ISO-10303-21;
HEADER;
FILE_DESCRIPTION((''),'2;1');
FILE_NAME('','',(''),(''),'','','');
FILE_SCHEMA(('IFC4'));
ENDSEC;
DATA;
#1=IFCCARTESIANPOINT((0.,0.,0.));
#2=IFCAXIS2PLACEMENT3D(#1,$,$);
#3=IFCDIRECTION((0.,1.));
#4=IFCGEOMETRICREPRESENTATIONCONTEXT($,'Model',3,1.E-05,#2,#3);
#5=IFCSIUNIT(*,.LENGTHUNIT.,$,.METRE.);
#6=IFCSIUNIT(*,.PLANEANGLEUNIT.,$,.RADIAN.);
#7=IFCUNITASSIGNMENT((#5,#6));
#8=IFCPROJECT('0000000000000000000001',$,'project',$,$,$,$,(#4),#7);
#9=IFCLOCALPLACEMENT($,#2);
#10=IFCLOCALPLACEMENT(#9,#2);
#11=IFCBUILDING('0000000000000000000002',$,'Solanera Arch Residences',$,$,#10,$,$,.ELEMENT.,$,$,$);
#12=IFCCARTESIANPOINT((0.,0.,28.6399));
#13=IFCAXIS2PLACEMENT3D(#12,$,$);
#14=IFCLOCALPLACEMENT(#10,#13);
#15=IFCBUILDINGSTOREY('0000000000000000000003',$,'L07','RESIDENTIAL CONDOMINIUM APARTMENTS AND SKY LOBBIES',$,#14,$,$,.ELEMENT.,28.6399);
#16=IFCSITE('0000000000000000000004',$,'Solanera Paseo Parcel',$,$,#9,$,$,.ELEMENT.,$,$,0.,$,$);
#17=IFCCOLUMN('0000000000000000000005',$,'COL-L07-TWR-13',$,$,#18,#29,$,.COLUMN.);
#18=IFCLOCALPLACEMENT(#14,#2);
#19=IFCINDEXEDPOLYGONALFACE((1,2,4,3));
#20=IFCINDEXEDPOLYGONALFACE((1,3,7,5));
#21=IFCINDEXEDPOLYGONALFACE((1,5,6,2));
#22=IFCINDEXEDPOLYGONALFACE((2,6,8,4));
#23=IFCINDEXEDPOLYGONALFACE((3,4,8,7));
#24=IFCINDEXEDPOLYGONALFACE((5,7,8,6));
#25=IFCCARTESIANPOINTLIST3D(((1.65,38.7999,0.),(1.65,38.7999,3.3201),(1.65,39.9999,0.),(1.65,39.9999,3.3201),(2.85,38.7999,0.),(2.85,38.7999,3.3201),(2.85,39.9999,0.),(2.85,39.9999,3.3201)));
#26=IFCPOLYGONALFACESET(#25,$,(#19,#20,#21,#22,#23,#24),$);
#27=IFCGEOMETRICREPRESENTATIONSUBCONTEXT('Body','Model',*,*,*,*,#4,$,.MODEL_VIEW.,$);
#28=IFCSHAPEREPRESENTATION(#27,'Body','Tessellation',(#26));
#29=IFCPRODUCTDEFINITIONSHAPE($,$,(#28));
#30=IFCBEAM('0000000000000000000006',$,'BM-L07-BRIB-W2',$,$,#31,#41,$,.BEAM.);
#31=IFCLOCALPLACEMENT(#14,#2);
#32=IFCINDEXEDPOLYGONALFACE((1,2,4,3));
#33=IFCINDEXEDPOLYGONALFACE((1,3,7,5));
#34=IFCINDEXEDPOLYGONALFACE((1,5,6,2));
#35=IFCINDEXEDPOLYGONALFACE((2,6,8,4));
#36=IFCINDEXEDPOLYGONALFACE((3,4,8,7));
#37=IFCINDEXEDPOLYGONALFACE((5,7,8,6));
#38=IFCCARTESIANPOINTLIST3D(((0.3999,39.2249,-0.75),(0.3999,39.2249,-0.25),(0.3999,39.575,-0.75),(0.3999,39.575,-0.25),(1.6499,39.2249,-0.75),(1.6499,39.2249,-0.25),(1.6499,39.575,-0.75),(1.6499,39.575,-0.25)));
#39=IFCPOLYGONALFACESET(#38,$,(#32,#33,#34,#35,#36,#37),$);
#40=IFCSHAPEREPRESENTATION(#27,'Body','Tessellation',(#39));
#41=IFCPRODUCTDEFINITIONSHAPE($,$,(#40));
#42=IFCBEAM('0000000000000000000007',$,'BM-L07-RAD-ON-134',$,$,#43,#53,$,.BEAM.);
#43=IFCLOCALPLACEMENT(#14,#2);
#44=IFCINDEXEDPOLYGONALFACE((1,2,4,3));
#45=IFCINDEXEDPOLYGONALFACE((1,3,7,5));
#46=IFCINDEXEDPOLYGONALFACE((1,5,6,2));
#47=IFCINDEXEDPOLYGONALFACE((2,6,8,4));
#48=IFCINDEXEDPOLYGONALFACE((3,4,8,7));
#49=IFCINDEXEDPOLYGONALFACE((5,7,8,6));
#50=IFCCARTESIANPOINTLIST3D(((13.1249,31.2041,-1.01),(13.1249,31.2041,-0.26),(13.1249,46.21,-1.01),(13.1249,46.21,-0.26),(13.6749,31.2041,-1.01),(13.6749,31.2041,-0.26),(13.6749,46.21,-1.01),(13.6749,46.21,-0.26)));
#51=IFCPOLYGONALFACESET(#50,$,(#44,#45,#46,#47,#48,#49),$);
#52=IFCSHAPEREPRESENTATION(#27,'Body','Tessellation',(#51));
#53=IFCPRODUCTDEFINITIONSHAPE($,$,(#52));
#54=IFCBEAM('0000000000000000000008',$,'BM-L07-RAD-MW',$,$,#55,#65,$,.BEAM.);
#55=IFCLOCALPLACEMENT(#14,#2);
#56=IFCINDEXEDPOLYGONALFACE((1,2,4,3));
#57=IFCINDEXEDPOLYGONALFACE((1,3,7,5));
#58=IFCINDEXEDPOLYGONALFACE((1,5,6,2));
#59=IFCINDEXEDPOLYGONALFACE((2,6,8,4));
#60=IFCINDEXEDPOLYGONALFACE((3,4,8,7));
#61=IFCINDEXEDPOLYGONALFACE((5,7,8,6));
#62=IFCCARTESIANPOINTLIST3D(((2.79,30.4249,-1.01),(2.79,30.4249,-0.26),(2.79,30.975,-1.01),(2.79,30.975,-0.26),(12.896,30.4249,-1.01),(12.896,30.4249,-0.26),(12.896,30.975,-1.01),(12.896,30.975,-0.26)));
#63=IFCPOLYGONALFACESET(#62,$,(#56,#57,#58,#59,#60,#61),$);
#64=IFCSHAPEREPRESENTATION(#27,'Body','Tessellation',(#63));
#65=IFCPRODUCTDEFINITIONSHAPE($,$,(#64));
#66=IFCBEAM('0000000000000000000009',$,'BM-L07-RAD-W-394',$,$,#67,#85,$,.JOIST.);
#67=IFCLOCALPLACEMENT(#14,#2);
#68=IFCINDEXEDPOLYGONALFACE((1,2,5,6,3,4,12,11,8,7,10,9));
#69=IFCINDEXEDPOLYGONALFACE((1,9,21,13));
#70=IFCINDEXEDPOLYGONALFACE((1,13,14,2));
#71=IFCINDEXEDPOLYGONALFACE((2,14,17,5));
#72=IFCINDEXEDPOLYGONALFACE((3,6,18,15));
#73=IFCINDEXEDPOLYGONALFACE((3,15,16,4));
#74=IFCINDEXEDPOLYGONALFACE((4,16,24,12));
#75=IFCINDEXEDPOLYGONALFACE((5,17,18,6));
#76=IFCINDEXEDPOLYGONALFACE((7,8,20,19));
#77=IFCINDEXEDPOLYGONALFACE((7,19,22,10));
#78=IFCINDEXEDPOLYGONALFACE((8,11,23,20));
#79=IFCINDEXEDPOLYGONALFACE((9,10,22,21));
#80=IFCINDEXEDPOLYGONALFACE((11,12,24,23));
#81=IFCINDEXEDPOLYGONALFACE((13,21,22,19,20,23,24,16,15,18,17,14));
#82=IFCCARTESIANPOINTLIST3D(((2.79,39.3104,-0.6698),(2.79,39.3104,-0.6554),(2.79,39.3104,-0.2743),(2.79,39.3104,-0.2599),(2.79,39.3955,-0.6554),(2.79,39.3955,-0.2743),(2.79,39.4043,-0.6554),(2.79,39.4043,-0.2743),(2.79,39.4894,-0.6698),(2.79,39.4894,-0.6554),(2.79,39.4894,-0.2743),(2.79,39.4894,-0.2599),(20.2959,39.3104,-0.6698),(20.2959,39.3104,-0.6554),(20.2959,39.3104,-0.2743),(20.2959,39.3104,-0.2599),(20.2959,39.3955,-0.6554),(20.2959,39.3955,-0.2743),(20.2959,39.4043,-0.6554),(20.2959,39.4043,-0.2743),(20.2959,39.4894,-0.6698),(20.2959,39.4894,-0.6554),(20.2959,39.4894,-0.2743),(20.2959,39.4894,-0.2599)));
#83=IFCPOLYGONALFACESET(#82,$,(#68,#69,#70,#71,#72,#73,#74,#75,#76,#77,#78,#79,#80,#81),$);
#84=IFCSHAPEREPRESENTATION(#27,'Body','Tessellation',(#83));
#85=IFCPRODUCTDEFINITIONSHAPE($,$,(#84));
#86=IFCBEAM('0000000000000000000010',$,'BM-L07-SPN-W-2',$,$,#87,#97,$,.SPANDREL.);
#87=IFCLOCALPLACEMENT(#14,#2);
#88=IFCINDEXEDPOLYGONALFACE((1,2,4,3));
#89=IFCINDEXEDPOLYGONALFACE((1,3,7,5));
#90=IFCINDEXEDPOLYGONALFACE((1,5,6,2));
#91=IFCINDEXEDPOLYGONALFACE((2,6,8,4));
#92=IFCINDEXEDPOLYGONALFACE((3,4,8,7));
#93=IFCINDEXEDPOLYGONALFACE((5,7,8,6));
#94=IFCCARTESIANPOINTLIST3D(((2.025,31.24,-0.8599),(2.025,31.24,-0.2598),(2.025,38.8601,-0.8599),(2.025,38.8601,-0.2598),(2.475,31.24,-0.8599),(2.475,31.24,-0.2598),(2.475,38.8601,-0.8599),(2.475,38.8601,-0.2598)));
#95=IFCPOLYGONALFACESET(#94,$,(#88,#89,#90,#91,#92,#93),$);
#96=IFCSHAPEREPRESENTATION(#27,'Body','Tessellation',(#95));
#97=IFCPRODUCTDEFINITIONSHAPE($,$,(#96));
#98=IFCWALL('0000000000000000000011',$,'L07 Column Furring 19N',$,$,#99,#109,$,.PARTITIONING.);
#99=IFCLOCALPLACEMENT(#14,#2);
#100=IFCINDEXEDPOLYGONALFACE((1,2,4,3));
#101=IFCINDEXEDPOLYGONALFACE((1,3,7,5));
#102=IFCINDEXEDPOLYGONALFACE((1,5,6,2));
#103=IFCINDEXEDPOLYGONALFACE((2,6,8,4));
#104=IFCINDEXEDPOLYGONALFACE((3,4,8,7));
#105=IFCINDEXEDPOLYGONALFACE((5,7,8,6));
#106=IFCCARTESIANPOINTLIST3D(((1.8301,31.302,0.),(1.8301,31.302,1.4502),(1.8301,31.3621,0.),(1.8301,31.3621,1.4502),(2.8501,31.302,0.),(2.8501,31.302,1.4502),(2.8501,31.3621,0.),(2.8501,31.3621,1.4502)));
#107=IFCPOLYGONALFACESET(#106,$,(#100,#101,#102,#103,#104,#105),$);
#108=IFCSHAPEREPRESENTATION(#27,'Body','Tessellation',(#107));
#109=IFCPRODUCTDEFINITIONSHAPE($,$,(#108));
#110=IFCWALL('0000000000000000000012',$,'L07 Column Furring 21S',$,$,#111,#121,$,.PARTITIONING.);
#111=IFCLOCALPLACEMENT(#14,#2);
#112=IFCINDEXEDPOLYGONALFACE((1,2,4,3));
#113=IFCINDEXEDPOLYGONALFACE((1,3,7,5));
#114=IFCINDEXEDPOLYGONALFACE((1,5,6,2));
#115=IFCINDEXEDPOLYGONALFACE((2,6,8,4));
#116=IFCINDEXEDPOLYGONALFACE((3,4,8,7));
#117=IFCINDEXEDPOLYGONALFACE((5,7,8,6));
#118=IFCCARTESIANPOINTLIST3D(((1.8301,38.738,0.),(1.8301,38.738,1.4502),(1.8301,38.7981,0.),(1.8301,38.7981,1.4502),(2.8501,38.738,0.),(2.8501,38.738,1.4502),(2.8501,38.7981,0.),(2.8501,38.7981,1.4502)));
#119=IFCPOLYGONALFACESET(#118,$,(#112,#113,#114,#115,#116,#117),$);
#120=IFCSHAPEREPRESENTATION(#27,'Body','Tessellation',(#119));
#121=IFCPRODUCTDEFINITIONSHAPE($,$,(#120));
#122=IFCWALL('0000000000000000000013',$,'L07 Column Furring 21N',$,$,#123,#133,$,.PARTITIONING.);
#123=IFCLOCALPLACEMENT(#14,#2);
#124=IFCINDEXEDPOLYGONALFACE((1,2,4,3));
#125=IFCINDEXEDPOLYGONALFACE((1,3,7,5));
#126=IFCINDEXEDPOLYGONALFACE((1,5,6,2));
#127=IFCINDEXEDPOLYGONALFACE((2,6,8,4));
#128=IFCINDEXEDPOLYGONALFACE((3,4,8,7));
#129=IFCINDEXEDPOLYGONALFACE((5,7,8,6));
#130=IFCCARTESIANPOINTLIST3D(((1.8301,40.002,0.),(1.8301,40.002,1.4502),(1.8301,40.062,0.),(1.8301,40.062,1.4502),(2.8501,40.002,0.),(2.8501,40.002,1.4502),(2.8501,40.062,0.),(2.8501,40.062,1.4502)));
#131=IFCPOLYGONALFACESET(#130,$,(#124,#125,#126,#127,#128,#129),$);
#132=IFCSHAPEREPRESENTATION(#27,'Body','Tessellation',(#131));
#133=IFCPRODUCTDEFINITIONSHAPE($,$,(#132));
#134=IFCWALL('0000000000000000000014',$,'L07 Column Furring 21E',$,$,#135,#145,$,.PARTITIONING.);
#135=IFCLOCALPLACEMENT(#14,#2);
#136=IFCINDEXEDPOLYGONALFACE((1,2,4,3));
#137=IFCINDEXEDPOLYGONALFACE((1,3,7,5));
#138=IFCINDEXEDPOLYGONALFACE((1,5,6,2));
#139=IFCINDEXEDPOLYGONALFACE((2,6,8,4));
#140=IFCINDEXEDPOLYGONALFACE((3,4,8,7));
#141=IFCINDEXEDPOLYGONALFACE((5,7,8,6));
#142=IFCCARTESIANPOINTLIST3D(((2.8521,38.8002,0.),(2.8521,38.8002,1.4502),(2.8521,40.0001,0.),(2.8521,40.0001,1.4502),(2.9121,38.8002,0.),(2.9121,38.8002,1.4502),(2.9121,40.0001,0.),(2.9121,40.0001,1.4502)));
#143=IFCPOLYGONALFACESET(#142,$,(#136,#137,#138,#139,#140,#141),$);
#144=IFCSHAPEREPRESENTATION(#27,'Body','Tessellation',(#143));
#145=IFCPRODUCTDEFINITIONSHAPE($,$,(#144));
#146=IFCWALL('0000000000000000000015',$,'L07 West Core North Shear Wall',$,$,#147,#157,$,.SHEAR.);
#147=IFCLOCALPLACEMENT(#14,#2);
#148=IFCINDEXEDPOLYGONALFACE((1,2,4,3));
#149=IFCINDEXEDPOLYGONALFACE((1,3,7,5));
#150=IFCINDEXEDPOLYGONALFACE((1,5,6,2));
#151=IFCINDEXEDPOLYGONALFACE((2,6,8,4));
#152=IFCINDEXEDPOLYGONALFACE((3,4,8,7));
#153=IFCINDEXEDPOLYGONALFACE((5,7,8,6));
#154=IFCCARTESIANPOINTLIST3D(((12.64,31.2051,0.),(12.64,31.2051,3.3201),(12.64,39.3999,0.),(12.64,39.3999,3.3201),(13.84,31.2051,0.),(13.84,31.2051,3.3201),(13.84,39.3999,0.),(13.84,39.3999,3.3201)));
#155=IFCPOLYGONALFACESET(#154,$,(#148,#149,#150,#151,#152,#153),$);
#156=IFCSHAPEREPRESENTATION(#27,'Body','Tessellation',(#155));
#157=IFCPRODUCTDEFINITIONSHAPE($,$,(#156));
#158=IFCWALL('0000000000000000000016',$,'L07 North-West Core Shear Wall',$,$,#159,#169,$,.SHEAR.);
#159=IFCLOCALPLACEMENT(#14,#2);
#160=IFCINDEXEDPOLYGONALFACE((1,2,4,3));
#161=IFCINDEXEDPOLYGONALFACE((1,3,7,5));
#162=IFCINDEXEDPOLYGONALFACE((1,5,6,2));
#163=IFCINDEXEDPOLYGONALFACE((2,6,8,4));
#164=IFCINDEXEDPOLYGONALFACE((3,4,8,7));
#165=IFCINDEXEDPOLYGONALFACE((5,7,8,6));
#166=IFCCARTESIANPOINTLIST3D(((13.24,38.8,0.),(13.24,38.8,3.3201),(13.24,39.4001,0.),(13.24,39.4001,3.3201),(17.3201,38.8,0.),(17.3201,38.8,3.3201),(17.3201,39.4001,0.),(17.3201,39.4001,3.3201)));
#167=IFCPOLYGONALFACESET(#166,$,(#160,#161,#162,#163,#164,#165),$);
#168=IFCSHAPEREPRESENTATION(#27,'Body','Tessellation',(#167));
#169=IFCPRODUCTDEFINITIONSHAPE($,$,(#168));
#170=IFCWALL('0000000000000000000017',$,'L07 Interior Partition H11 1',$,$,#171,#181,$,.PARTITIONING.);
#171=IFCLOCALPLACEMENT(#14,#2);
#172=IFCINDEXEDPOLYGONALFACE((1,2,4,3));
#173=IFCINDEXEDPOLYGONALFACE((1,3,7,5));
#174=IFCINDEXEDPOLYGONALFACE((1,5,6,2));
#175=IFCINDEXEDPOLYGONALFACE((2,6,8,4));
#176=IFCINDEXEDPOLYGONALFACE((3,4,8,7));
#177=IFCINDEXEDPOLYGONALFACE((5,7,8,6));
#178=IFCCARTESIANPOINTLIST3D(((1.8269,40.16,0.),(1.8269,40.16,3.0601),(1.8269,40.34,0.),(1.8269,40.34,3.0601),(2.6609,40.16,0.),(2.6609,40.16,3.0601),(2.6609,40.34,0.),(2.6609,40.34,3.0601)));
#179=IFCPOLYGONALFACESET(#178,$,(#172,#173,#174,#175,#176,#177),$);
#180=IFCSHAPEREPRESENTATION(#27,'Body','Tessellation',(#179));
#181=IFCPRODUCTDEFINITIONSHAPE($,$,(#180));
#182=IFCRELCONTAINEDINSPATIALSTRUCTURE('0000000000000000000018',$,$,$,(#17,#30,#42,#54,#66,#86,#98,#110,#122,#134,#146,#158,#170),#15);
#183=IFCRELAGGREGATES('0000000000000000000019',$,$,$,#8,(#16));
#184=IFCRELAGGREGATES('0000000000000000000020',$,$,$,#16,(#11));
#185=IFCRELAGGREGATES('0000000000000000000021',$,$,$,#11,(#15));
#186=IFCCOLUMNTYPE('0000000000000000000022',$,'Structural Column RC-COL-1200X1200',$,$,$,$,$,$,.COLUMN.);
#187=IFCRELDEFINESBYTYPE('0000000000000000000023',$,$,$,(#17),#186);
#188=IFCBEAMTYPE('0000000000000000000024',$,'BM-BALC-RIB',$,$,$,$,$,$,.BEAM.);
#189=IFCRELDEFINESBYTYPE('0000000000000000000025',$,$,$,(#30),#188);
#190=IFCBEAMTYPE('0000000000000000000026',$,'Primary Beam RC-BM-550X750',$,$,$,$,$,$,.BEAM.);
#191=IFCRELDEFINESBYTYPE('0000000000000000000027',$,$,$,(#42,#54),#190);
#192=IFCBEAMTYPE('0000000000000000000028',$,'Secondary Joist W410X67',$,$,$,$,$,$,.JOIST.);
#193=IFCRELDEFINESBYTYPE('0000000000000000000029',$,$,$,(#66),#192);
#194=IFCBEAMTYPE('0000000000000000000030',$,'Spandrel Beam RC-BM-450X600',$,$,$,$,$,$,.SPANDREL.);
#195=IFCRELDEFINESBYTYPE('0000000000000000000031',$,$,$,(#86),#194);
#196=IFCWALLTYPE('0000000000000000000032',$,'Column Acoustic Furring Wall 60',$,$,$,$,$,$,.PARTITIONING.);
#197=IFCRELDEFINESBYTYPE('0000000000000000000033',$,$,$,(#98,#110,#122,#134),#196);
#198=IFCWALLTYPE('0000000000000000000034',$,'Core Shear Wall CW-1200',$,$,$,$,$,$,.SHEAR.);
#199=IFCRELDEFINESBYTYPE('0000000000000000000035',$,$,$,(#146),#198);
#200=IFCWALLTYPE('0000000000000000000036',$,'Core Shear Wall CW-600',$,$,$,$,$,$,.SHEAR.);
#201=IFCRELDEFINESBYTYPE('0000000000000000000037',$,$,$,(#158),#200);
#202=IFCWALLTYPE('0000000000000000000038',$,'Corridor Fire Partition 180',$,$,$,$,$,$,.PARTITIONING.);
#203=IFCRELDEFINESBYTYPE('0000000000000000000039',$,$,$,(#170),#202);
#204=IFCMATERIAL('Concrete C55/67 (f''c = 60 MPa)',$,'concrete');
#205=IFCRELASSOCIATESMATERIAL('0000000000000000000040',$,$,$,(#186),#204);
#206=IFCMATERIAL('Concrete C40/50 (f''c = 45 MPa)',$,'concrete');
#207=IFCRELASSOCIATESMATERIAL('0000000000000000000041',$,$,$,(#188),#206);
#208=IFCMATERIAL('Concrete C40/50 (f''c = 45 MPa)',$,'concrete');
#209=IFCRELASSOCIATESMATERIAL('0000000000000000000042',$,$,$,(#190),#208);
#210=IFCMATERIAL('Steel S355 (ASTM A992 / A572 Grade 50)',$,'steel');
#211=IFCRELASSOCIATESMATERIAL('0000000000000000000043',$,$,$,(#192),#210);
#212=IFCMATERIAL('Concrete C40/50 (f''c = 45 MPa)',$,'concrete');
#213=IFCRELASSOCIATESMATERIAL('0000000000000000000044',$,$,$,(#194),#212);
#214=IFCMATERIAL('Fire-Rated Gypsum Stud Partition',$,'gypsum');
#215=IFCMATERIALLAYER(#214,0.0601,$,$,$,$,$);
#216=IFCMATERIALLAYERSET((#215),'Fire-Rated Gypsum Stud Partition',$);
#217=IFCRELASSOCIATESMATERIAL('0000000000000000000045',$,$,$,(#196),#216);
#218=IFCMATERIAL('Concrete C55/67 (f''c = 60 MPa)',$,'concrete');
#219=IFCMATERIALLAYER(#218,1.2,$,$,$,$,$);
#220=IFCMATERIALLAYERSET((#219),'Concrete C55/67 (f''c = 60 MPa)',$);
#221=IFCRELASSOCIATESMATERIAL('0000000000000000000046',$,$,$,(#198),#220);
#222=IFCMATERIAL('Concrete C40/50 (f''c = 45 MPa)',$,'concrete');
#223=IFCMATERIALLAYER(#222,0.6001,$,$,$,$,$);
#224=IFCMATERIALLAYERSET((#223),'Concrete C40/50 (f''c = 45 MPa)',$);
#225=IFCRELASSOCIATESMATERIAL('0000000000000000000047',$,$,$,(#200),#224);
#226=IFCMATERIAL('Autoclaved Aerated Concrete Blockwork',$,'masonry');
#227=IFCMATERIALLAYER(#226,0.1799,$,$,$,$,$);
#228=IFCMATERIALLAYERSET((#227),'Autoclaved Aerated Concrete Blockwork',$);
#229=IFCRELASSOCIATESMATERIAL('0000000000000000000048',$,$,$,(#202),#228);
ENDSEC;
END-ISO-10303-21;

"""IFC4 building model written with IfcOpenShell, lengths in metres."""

from ifc_helpers import new_model, si_unit, direction, frame, frame_2d, origin, origin_2d, place, context, subcontext, project, spatial, rectangle, i_section, extrude, material, layer, layer_set, material_profile, profile_set, type_object, element, save


model = new_model("IFC4")

# Units and contexts
model_context = context("Model", 3, precision=1e-05, world=origin(), true_north=direction((0.0, 1.0)))
body_context = subcontext(model_context, "Body", "Model", "MODEL_VIEW")
ifc_project = project(units=[si_unit("LENGTHUNIT", "METRE"), si_unit("PLANEANGLEUNIT", "RADIAN")], contexts=[model_context])

# Site, building, storey
site_placement = place(None, origin())
site = spatial("IfcSite", under=ifc_project, at=site_placement, Name="Solanera Paseo Parcel", CompositionType="ELEMENT", RefElevation=0.0)
building_placement = place(site_placement, origin())
building = spatial("IfcBuilding", under=site, at=building_placement, Name="Solanera Arch Residences", CompositionType="ELEMENT")
storey_placement = place(building_placement, frame((0.0, 0.0, 28.6399)))
storey = spatial("IfcBuildingStorey", under=building, at=storey_placement, Name="L07", Description="RESIDENTIAL CONDOMINIUM APARTMENTS AND SKY LOBBIES", CompositionType="ELEMENT", Elevation=28.6399)

# Column
ifc_material_1 = material(Name="Concrete C55/67 (f'c = 60 MPa)", Category="concrete")
ifc_material_profile_1 = material_profile(ifc_material_1, rectangle(XDim=1.2, YDim=1.2, at=origin_2d()))
ifc_profile_set_1 = profile_set([ifc_material_profile_1], Name="Concrete C55/67 (f'c = 60 MPa)")
column_type = type_object("IfcColumnType", Name="Structural Column RC-COL-1200X1200", PredefinedType="COLUMN", material=ifc_profile_set_1)
column_placement = place(storey_placement, frame((2.25, 39.3999, 0.0), z_axis=(0.0, 0.0, 1.0), x_axis=(1.0, 0.0, 0.0)))
element("IfcColumn", 1, at=column_placement, inside=storey, type_object=column_type, Name="COL-L07-TWR-13", PredefinedType="COLUMN", context=body_context, shape_type="SweptSolid", body=[
    extrude(rectangle(XDim=1.2, YDim=1.2, at=origin_2d()), origin(), (0.0, 0.0, 1.0), 3.3201),
])

# Beams
ifc_material_2 = material(Name="Concrete C40/50 (f'c = 45 MPa)", Category="concrete")
ifc_material_profile_2 = material_profile(ifc_material_2, rectangle(XDim=0.3501, YDim=0.5, at=origin_2d()))
ifc_profile_set_2 = profile_set([ifc_material_profile_2], Name="Concrete C40/50 (f'c = 45 MPa)")
beam_type_1 = type_object("IfcBeamType", Name="BM-BALC-RIB", PredefinedType="BEAM", material=ifc_profile_set_2)
beam_1_placement = place(storey_placement, frame((0.3999, 39.3999, -0.5), z_axis=(1.0, 0.0, 0.0), x_axis=(0.0, 1.0, 0.0)))
element("IfcBeam", 2, at=beam_1_placement, inside=storey, type_object=beam_type_1, Name="BM-L07-BRIB-W2", PredefinedType="BEAM", context=body_context, shape_type="SweptSolid", body=[
    extrude(rectangle(XDim=0.3501, YDim=0.5, at=origin_2d()), origin(), (0.0, 0.0, 1.0), 1.25),
])
ifc_material_3 = material(Name="Concrete C40/50 (f'c = 45 MPa)", Category="concrete")
ifc_material_profile_3 = material_profile(ifc_material_3, rectangle(XDim=0.55, YDim=0.75, at=origin_2d()))
ifc_profile_set_3 = profile_set([ifc_material_profile_3], Name="Concrete C40/50 (f'c = 45 MPa)")
beam_type_2 = type_object("IfcBeamType", Name="Primary Beam RC-BM-550X750", PredefinedType="BEAM", material=ifc_profile_set_3)
beam_2_placement = place(storey_placement, frame((13.3999, 31.2041, -0.635), z_axis=(0.0, 1.0, 0.0), x_axis=(-1.0, 0.0, 0.0)))
element("IfcBeam", 3, at=beam_2_placement, inside=storey, type_object=beam_type_2, Name="BM-L07-RAD-ON-134", PredefinedType="BEAM", context=body_context, shape_type="SweptSolid", body=[
    extrude(rectangle(XDim=0.55, YDim=0.75, at=origin_2d()), origin(), (0.0, 0.0, 1.0), 15.0059),
])
beam_3_placement = place(storey_placement, frame((2.79, 30.7, -0.635), z_axis=(1.0, 0.0, 0.0), x_axis=(0.0, 1.0, 0.0)))
element("IfcBeam", 4, at=beam_3_placement, inside=storey, type_object=beam_type_2, Name="BM-L07-RAD-MW", PredefinedType="BEAM", context=body_context, shape_type="SweptSolid", body=[
    extrude(rectangle(XDim=0.55, YDim=0.75, at=origin_2d()), origin(), (0.0, 0.0, 1.0), 10.106),
])
ifc_material_4 = material(Name="Steel S355 (ASTM A992 / A572 Grade 50)", Category="steel")
ifc_material_profile_4 = material_profile(ifc_material_4, i_section(OverallWidth=0.179, OverallDepth=0.4099, WebThickness=0.0088, FlangeThickness=0.0144, at=origin_2d()))
ifc_profile_set_4 = profile_set([ifc_material_profile_4], Name="Steel S355 (ASTM A992 / A572 Grade 50)")
beam_type_3 = type_object("IfcBeamType", Name="Secondary Joist W410X67", PredefinedType="JOIST", material=ifc_profile_set_4)
beam_4_placement = place(storey_placement, frame((2.79, 39.3999, -0.4648), z_axis=(1.0, 0.0, 0.0), x_axis=(0.0, 1.0, 0.0)))
element("IfcBeam", 5, at=beam_4_placement, inside=storey, type_object=beam_type_3, Name="BM-L07-RAD-W-394", PredefinedType="JOIST", context=body_context, shape_type="SweptSolid", body=[
    extrude(i_section(OverallWidth=0.179, OverallDepth=0.4099, WebThickness=0.0088, FlangeThickness=0.0144, at=origin_2d()), origin(), (0.0, 0.0, 1.0), 17.5059),
])
ifc_material_5 = material(Name="Concrete C40/50 (f'c = 45 MPa)", Category="concrete")
ifc_material_profile_5 = material_profile(ifc_material_5, rectangle(XDim=0.45, YDim=0.6001, at=origin_2d()))
ifc_profile_set_5 = profile_set([ifc_material_profile_5], Name="Concrete C40/50 (f'c = 45 MPa)")
beam_type_4 = type_object("IfcBeamType", Name="Spandrel Beam RC-BM-450X600", PredefinedType="SPANDREL", material=ifc_profile_set_5)
beam_5_placement = place(storey_placement, frame((2.25, 31.24, -0.5598), z_axis=(0.0, 1.0, 0.0), x_axis=(-1.0, 0.0, 0.0)))
element("IfcBeam", 6, at=beam_5_placement, inside=storey, type_object=beam_type_4, Name="BM-L07-SPN-W-2", PredefinedType="SPANDREL", context=body_context, shape_type="SweptSolid", body=[
    extrude(rectangle(XDim=0.45, YDim=0.6001, at=origin_2d()), origin(), (0.0, 0.0, 1.0), 7.6201),
])

# Walls
ifc_material_6 = material(Name="Fire-Rated Gypsum Stud Partition", Category="gypsum")
ifc_layer_1 = layer(ifc_material_6, 0.0601)
ifc_layer_set_1 = layer_set([ifc_layer_1], Name="Fire-Rated Gypsum Stud Partition")
wall_type_1 = type_object("IfcWallType", Name="Column Acoustic Furring Wall 60", PredefinedType="PARTITIONING", material=ifc_layer_set_1)
for number, where, z_axis, x_axis, name in (
    (7, (1.8301, 31.332, 0.0), (0.0, 0.0, 1.0), (1.0, 0.0, 0.0), "L07 Column Furring 19N"),
    (8, (1.8301, 38.7681, 0.0), (0.0, 0.0, 1.0), (1.0, 0.0, 0.0), "L07 Column Furring 21S"),
    (9, (1.8301, 40.032, 0.0), (0.0, 0.0, 1.0), (1.0, 0.0, 0.0), "L07 Column Furring 21N"),
):
    element("IfcWall", number, at=place(storey_placement, frame(where, z_axis=z_axis, x_axis=x_axis)), inside=storey, type_object=wall_type_1, Name=name, PredefinedType="PARTITIONING", context=body_context, shape_type="SweptSolid", body=[
        extrude(rectangle(XDim=1.02, YDim=0.0601, at=frame_2d((0.51, 0.0))), origin(), (0.0, 0.0, 1.0), 1.4502),
    ])
wall_1_placement = place(storey_placement, frame((2.8821, 38.8, 0.0), z_axis=(0.0, 0.0, 1.0), x_axis=(0.0, 1.0, 0.0)))
element("IfcWall", 10, at=wall_1_placement, inside=storey, type_object=wall_type_1, Name="L07 Column Furring 21E", PredefinedType="PARTITIONING", context=body_context, shape_type="SweptSolid", body=[
    extrude(rectangle(XDim=1.2, YDim=0.0601, at=frame_2d((0.6001, 0.0))), origin(), (0.0, 0.0, 1.0), 1.4502),
])
ifc_material_7 = material(Name="Concrete C55/67 (f'c = 60 MPa)", Category="concrete")
ifc_layer_2 = layer(ifc_material_7, 1.2)
ifc_layer_set_2 = layer_set([ifc_layer_2], Name="Concrete C55/67 (f'c = 60 MPa)")
wall_type_2 = type_object("IfcWallType", Name="Core Shear Wall CW-1200", PredefinedType="SHEAR", material=ifc_layer_set_2)
wall_2_placement = place(storey_placement, frame((13.24, 31.2051, 0.0), z_axis=(0.0, 0.0, 1.0), x_axis=(0.0, 1.0, 0.0)))
element("IfcWall", 11, at=wall_2_placement, inside=storey, type_object=wall_type_2, Name="L07 West Core North Shear Wall", PredefinedType="SHEAR", context=body_context, shape_type="SweptSolid", body=[
    extrude(rectangle(XDim=8.1948, YDim=1.2, at=frame_2d((4.0974, 0.0))), origin(), (0.0, 0.0, 1.0), 3.3201),
])
ifc_material_8 = material(Name="Concrete C40/50 (f'c = 45 MPa)", Category="concrete")
ifc_layer_3 = layer(ifc_material_8, 0.6001)
ifc_layer_set_3 = layer_set([ifc_layer_3], Name="Concrete C40/50 (f'c = 45 MPa)")
wall_type_3 = type_object("IfcWallType", Name="Core Shear Wall CW-600", PredefinedType="SHEAR", material=ifc_layer_set_3)
wall_3_placement = place(storey_placement, frame((13.24, 39.1001, 0.0), z_axis=(0.0, 0.0, 1.0), x_axis=(1.0, 0.0, 0.0)))
element("IfcWall", 12, at=wall_3_placement, inside=storey, type_object=wall_type_3, Name="L07 North-West Core Shear Wall", PredefinedType="SHEAR", context=body_context, shape_type="SweptSolid", body=[
    extrude(rectangle(XDim=4.0801, YDim=0.6001, at=frame_2d((2.04, 0.0))), origin(), (0.0, 0.0, 1.0), 3.3201),
])
ifc_material_9 = material(Name="Autoclaved Aerated Concrete Blockwork", Category="masonry")
ifc_layer_4 = layer(ifc_material_9, 0.1799)
ifc_layer_set_4 = layer_set([ifc_layer_4], Name="Autoclaved Aerated Concrete Blockwork")
wall_type_4 = type_object("IfcWallType", Name="Corridor Fire Partition 180", PredefinedType="PARTITIONING", material=ifc_layer_set_4)
wall_4_placement = place(storey_placement, frame((1.8269, 40.25, 0.0), z_axis=(0.0, 0.0, 1.0), x_axis=(1.0, 0.0, 0.0)))
element("IfcWall", 13, at=wall_4_placement, inside=storey, type_object=wall_type_4, Name="L07 Interior Partition H11 1", PredefinedType="PARTITIONING", context=body_context, shape_type="SweptSolid", body=[
    extrude(rectangle(XDim=0.834, YDim=0.1799, at=frame_2d((0.417, 0.0))), origin(), (0.0, 0.0, 1.0), 3.0601),
])

save(model, "model.ifc")
